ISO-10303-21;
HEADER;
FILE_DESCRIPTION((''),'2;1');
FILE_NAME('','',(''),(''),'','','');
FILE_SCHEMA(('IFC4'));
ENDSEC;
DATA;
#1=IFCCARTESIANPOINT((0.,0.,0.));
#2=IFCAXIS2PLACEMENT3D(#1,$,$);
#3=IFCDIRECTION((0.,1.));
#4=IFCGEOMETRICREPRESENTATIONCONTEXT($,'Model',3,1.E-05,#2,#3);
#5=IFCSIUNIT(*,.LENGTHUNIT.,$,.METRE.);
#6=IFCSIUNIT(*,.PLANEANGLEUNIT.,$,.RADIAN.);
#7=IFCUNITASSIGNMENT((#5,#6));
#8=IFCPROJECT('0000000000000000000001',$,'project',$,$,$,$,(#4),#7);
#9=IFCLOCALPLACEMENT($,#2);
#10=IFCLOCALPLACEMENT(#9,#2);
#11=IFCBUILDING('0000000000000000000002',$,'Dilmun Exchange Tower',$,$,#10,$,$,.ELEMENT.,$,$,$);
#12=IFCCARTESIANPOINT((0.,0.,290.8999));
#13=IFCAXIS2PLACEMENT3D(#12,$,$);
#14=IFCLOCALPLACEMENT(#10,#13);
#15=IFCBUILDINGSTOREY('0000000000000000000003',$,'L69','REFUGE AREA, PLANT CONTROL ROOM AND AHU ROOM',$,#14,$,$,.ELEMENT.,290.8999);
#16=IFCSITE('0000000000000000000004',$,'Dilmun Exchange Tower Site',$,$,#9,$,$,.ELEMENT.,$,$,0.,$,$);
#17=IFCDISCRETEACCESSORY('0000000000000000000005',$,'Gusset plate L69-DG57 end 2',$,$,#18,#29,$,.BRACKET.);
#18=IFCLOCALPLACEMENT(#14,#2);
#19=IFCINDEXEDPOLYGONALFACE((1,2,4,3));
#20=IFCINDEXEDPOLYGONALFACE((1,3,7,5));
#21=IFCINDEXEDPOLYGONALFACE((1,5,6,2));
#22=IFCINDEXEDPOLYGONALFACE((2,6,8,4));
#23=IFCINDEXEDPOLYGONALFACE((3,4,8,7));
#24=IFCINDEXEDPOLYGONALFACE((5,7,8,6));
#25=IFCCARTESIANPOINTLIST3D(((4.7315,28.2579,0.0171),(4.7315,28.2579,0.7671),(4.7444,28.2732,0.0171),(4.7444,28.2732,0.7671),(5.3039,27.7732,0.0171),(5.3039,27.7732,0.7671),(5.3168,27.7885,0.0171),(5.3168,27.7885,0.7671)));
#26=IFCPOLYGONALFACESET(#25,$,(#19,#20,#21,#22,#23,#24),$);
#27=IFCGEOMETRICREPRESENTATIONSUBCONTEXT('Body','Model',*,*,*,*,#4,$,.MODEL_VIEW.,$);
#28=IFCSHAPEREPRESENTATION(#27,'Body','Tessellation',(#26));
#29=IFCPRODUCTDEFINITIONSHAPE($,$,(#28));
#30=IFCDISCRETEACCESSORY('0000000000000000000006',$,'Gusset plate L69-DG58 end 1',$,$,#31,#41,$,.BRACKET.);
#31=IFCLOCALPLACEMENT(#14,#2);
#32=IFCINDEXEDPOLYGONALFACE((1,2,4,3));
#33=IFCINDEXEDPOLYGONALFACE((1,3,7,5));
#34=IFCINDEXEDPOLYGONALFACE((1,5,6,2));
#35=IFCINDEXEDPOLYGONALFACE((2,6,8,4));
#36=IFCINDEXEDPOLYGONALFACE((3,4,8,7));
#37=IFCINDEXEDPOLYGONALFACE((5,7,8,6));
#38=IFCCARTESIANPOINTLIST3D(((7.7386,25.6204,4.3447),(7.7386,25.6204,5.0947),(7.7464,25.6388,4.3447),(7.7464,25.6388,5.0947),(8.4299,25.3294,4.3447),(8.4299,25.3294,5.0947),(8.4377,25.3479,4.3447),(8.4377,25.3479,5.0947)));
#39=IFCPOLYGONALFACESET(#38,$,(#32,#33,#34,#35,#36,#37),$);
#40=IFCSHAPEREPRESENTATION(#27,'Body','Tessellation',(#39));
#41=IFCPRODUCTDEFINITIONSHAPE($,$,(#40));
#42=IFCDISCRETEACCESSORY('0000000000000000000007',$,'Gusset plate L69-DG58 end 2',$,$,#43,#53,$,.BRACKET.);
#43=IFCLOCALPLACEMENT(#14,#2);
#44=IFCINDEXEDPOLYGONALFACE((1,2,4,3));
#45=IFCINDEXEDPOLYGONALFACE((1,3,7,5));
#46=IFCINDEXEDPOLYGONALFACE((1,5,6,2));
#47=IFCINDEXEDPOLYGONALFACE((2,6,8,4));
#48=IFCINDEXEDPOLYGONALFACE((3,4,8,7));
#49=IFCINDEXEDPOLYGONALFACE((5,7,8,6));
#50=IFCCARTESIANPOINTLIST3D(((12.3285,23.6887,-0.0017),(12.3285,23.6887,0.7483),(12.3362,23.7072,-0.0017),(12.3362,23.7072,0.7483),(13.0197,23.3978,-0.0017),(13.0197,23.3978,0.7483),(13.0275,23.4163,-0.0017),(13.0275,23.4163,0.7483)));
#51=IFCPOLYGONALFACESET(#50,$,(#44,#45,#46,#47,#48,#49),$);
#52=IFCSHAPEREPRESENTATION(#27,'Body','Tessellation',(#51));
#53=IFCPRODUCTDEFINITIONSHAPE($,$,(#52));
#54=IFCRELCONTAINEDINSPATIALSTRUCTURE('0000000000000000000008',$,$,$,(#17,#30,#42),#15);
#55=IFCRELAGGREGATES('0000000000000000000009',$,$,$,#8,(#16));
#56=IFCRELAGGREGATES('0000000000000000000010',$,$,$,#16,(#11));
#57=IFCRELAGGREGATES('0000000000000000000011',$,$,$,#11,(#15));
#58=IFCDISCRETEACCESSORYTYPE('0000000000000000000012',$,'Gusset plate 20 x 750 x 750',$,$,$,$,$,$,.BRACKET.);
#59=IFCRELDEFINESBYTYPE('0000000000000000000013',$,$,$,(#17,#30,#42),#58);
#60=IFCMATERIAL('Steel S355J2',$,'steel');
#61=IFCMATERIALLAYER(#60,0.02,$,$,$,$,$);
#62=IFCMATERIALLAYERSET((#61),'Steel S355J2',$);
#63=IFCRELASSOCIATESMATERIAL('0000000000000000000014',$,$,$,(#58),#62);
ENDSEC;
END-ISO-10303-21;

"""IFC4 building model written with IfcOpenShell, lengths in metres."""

from ifc_helpers import new_model, si_unit, direction, frame, origin, origin_2d, place, context, subcontext, project, spatial, rectangle, extrude, material, layer, layer_set, type_object, element, save


model = new_model("IFC4")

# Units and contexts
model_context = context("Model", 3, precision=1e-05, world=origin(), true_north=direction((0.0, 1.0)))
body_context = subcontext(model_context, "Body", "Model", "MODEL_VIEW")
ifc_project = project(units=[si_unit("LENGTHUNIT", "METRE"), si_unit("PLANEANGLEUNIT", "RADIAN")], contexts=[model_context])

# Site, building, storey
site_placement = place(None, origin())
site = spatial("IfcSite", under=ifc_project, at=site_placement, Name="Dilmun Exchange Tower Site", CompositionType="ELEMENT", RefElevation=0.0)
building_placement = place(site_placement, origin())
building = spatial("IfcBuilding", under=site, at=building_placement, Name="Dilmun Exchange Tower", CompositionType="ELEMENT")
storey_placement = place(building_placement, frame((0.0, 0.0, 290.8999)))
storey = spatial("IfcBuildingStorey", under=building, at=storey_placement, Name="L69", Description="REFUGE AREA, PLANT CONTROL ROOM AND AHU ROOM", CompositionType="ELEMENT", Elevation=290.8999)

# Discrete accessories
ifc_material_1 = material(Name="Steel S355J2", Category="steel")
ifc_layer_1 = layer(ifc_material_1, 0.02)
ifc_layer_set_1 = layer_set([ifc_layer_1], Name="Steel S355J2")
discrete_accessory_type = type_object("IfcDiscreteAccessoryType", Name="Gusset plate 20 x 750 x 750", PredefinedType="BRACKET", material=ifc_layer_set_1)
for number, where, z_axis, x_axis, name in (
    (1, (5.0242, 28.0232, 0.0171), (0.0, 0.0, 1.0), (-0.76317, 0.646197, 0.0), "Gusset plate L69-DG57 end 2"),
    (2, (8.0881, 25.4841, 4.3447), (0.0, 0.0, 1.0), (0.921699, -0.387907, 0.0), "Gusset plate L69-DG58 end 1"),
    (3, (12.678, 23.5525, -0.0017), (0.0, 0.0, 1.0), (0.921699, -0.387907, 0.0), "Gusset plate L69-DG58 end 2"),
):
    element("IfcDiscreteAccessory", number, at=place(storey_placement, frame(where, z_axis=z_axis, x_axis=x_axis)), inside=storey, type_object=discrete_accessory_type, Name=name, PredefinedType="BRACKET", context=body_context, shape_type="SweptSolid", body=[
        extrude(rectangle(XDim=0.75, YDim=0.02, at=origin_2d()), origin(), (0.0, 0.0, 1.0), 0.75),
    ])

save(model, "model.ifc")
